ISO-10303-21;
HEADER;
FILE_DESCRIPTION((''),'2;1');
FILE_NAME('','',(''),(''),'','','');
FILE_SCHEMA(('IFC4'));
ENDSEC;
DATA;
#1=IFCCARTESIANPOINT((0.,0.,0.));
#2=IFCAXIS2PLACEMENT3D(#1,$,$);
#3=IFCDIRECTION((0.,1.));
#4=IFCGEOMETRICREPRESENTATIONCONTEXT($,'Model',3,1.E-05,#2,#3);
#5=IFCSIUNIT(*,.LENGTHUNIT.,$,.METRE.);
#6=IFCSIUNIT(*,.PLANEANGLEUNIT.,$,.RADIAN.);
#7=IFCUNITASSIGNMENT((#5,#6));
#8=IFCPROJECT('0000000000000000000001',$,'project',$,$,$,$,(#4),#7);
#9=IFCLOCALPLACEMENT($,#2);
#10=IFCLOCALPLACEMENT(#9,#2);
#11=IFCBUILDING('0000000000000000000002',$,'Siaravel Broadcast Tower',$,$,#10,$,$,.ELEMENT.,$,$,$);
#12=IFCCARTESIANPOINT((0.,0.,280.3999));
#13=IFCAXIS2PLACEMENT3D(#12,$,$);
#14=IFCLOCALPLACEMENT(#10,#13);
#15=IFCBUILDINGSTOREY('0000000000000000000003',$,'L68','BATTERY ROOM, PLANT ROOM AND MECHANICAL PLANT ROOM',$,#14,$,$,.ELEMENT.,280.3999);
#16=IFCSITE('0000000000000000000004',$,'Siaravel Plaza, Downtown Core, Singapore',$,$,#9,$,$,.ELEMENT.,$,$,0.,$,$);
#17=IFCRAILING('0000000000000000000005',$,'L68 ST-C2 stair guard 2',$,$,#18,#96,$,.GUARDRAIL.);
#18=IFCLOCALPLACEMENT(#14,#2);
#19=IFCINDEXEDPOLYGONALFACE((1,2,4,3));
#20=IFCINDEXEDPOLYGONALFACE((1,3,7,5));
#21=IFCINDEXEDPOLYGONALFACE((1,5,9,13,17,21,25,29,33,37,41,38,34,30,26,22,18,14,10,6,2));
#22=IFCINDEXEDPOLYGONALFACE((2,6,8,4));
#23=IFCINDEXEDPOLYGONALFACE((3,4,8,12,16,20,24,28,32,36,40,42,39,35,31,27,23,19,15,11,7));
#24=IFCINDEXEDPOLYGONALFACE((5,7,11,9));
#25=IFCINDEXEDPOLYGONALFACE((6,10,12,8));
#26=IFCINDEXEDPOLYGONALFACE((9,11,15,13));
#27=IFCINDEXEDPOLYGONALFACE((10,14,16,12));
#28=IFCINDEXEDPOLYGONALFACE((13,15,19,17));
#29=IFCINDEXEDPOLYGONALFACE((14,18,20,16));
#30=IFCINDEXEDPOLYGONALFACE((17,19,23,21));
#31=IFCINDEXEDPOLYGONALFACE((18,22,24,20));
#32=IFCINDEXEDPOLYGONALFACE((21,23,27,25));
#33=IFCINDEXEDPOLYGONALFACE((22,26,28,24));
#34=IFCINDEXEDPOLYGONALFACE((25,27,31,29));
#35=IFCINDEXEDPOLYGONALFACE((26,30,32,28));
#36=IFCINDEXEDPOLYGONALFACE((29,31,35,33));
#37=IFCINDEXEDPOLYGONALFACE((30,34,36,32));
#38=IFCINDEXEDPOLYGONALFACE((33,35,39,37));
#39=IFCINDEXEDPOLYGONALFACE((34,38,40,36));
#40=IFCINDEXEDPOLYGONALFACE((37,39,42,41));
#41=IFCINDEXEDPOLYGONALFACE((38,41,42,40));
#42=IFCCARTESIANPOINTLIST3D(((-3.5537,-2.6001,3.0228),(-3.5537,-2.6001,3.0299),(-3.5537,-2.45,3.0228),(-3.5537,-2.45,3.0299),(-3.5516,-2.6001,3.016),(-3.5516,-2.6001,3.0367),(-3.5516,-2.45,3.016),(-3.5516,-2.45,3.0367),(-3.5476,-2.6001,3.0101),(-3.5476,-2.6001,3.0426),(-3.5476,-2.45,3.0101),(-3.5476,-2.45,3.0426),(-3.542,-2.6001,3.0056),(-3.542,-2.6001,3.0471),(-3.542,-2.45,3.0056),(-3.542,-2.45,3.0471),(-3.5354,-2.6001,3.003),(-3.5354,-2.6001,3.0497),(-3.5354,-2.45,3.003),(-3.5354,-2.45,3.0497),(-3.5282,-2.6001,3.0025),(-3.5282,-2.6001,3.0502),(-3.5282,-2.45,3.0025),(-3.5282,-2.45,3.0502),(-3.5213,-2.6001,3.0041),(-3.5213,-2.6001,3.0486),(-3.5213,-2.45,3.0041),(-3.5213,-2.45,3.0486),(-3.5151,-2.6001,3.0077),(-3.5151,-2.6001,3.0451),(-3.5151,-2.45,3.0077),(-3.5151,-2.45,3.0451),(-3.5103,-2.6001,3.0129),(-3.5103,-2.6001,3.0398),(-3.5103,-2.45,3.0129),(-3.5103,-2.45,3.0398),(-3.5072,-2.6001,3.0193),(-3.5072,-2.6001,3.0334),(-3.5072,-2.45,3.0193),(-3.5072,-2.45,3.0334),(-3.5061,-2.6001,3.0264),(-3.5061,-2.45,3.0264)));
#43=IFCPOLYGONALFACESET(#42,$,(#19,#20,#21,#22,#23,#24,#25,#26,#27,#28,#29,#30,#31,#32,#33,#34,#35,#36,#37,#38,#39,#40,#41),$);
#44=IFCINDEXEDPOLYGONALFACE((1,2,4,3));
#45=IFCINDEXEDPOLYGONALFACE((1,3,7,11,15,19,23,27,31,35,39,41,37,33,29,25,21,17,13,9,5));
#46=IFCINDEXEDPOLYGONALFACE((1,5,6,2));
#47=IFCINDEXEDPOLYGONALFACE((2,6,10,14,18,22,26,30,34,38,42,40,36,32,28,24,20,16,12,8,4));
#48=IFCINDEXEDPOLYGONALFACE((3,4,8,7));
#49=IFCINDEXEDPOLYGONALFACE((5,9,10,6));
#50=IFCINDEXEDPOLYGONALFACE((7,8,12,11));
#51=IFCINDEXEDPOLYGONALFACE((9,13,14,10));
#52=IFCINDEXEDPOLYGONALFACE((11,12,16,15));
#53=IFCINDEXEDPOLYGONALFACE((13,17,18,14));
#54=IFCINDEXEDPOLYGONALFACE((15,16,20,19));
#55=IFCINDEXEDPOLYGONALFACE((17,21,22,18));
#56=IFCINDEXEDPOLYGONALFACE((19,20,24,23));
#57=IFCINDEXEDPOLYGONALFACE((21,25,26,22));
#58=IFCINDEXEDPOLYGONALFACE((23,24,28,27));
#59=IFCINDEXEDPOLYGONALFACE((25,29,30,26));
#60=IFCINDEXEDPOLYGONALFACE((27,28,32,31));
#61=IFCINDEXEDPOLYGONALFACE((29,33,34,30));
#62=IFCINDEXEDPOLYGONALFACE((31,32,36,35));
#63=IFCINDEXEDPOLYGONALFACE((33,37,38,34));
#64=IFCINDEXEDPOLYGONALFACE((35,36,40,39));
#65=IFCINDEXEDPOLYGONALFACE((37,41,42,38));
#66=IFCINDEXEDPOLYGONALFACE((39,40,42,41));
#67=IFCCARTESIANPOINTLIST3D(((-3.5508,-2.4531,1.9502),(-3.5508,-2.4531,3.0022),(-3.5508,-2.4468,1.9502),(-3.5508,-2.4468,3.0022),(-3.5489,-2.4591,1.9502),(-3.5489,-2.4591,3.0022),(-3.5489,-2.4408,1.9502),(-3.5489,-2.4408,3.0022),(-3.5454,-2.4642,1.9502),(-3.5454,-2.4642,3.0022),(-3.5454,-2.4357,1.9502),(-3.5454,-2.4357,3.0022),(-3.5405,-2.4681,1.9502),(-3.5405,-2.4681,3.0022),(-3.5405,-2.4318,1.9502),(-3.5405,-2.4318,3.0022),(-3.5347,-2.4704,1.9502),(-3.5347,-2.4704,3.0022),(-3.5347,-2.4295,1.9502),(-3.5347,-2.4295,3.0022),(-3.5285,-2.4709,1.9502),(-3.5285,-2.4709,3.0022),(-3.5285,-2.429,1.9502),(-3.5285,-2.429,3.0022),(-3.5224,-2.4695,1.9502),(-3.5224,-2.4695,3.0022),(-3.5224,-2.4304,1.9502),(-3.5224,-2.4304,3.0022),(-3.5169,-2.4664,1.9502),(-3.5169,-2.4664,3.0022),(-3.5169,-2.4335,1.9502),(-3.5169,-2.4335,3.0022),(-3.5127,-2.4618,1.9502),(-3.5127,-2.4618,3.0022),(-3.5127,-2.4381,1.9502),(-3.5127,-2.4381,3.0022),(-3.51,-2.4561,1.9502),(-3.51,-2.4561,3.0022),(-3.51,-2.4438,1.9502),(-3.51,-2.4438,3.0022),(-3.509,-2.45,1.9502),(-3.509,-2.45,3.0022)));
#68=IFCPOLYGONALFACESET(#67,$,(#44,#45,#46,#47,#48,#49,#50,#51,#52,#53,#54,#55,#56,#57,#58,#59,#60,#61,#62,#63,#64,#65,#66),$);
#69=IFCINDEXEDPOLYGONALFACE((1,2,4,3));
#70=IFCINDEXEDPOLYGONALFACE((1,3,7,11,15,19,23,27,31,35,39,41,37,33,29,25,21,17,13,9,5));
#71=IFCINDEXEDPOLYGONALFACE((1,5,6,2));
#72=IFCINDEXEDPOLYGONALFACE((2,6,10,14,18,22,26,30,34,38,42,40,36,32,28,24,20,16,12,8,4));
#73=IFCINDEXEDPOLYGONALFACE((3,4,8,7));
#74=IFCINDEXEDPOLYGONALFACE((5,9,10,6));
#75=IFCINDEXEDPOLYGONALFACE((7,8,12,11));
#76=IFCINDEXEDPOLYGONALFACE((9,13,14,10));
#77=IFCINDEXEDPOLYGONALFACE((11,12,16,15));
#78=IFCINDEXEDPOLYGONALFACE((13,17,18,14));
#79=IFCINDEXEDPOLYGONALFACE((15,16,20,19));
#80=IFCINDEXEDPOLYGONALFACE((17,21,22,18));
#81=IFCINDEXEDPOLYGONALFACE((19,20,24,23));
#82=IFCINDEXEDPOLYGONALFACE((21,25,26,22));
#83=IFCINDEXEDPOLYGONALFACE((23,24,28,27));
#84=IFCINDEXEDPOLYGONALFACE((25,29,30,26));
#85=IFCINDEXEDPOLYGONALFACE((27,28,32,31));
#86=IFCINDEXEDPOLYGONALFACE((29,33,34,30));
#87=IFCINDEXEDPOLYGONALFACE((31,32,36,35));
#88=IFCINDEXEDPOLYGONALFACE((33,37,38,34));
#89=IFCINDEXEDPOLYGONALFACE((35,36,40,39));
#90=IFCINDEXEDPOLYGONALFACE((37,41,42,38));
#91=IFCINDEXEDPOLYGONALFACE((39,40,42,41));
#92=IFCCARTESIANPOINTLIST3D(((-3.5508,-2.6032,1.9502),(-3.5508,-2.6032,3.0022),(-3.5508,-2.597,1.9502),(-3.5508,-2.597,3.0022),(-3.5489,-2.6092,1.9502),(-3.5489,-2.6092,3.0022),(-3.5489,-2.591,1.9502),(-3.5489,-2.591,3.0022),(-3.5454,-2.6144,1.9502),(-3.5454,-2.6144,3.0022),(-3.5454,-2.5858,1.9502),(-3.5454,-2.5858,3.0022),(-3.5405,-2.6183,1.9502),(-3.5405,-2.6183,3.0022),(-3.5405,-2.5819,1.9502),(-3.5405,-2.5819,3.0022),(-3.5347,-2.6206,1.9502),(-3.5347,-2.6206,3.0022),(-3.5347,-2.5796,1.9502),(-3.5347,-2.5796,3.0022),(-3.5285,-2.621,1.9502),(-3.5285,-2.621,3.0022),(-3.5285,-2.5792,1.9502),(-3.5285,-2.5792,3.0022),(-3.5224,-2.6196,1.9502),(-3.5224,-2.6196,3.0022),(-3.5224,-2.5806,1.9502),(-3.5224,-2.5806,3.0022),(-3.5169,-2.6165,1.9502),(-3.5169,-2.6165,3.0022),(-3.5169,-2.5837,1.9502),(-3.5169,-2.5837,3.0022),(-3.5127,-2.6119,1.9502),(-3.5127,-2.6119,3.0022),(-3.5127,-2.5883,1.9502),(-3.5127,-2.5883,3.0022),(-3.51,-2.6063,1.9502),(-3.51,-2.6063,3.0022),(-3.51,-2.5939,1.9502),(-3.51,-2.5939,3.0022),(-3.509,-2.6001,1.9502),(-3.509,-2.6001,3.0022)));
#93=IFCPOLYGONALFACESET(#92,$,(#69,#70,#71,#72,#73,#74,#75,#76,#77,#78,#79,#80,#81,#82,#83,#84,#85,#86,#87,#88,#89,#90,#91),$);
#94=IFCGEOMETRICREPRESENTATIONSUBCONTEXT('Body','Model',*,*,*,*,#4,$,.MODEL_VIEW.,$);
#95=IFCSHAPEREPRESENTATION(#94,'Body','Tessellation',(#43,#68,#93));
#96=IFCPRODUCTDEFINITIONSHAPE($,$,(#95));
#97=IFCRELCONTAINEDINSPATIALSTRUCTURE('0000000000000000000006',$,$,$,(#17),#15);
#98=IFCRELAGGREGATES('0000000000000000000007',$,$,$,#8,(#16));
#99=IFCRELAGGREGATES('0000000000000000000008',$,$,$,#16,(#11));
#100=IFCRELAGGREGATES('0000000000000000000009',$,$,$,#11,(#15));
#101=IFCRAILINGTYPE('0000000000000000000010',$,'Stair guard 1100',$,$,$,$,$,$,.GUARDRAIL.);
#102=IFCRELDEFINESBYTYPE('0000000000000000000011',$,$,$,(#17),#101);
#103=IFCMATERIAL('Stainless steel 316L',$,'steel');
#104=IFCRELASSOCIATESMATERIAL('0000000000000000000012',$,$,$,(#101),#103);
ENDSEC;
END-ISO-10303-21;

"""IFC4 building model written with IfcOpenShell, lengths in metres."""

from ifc_helpers import new_model, si_unit, direction, frame, origin, origin_2d, place, context, subcontext, project, spatial, circle, extrude, material, type_object, element, save


model = new_model("IFC4")

# Units and contexts
model_context = context("Model", 3, precision=1e-05, world=origin(), true_north=direction((0.0, 1.0)))
body_context = subcontext(model_context, "Body", "Model", "MODEL_VIEW")
ifc_project = project(units=[si_unit("LENGTHUNIT", "METRE"), si_unit("PLANEANGLEUNIT", "RADIAN")], contexts=[model_context])

# Site, building, storey
site_placement = place(None, origin())
site = spatial("IfcSite", under=ifc_project, at=site_placement, Name="Siaravel Plaza, Downtown Core, Singapore", CompositionType="ELEMENT", RefElevation=0.0)
building_placement = place(site_placement, origin())
building = spatial("IfcBuilding", under=site, at=building_placement, Name="Siaravel Broadcast Tower", CompositionType="ELEMENT")
storey_placement = place(building_placement, frame((0.0, 0.0, 280.3999)))
storey = spatial("IfcBuildingStorey", under=building, at=storey_placement, Name="L68", Description="BATTERY ROOM, PLANT ROOM AND MECHANICAL PLANT ROOM", CompositionType="ELEMENT", Elevation=280.3999)

# Shared definitions
ifc_material_1 = material(Name="Stainless steel 316L", Category="steel")

# Railing
railing_type_1 = type_object("IfcRailingType", Name="Stair guard 1100", PredefinedType="GUARDRAIL", material=ifc_material_1)
railing_1_placement = place(storey_placement, frame((-3.53, -2.45, 1.9502)))
element("IfcRailing", 1, at=railing_1_placement, inside=storey, type_object=railing_type_1, Name="L68 ST-C2 stair guard 2", PredefinedType="GUARDRAIL", context=body_context, shape_type="SweptSolid", body=[
    extrude(circle(Radius=0.0239, at=origin_2d()), frame((0.0, 0.0, 1.0762), z_axis=(0.0, -1.0, 0.0), x_axis=(1.0, 0.0, 0.0)), (0.0, 0.0, 1.0), 0.1501),
    extrude(circle(Radius=0.021, at=origin_2d()), origin(), (0.0, 0.0, 1.0), 1.052),
    extrude(circle(Radius=0.021, at=origin_2d()), frame((0.0, -0.1501, 0.0)), (0.0, 0.0, 1.0), 1.052),
])

save(model, "model.ifc")
